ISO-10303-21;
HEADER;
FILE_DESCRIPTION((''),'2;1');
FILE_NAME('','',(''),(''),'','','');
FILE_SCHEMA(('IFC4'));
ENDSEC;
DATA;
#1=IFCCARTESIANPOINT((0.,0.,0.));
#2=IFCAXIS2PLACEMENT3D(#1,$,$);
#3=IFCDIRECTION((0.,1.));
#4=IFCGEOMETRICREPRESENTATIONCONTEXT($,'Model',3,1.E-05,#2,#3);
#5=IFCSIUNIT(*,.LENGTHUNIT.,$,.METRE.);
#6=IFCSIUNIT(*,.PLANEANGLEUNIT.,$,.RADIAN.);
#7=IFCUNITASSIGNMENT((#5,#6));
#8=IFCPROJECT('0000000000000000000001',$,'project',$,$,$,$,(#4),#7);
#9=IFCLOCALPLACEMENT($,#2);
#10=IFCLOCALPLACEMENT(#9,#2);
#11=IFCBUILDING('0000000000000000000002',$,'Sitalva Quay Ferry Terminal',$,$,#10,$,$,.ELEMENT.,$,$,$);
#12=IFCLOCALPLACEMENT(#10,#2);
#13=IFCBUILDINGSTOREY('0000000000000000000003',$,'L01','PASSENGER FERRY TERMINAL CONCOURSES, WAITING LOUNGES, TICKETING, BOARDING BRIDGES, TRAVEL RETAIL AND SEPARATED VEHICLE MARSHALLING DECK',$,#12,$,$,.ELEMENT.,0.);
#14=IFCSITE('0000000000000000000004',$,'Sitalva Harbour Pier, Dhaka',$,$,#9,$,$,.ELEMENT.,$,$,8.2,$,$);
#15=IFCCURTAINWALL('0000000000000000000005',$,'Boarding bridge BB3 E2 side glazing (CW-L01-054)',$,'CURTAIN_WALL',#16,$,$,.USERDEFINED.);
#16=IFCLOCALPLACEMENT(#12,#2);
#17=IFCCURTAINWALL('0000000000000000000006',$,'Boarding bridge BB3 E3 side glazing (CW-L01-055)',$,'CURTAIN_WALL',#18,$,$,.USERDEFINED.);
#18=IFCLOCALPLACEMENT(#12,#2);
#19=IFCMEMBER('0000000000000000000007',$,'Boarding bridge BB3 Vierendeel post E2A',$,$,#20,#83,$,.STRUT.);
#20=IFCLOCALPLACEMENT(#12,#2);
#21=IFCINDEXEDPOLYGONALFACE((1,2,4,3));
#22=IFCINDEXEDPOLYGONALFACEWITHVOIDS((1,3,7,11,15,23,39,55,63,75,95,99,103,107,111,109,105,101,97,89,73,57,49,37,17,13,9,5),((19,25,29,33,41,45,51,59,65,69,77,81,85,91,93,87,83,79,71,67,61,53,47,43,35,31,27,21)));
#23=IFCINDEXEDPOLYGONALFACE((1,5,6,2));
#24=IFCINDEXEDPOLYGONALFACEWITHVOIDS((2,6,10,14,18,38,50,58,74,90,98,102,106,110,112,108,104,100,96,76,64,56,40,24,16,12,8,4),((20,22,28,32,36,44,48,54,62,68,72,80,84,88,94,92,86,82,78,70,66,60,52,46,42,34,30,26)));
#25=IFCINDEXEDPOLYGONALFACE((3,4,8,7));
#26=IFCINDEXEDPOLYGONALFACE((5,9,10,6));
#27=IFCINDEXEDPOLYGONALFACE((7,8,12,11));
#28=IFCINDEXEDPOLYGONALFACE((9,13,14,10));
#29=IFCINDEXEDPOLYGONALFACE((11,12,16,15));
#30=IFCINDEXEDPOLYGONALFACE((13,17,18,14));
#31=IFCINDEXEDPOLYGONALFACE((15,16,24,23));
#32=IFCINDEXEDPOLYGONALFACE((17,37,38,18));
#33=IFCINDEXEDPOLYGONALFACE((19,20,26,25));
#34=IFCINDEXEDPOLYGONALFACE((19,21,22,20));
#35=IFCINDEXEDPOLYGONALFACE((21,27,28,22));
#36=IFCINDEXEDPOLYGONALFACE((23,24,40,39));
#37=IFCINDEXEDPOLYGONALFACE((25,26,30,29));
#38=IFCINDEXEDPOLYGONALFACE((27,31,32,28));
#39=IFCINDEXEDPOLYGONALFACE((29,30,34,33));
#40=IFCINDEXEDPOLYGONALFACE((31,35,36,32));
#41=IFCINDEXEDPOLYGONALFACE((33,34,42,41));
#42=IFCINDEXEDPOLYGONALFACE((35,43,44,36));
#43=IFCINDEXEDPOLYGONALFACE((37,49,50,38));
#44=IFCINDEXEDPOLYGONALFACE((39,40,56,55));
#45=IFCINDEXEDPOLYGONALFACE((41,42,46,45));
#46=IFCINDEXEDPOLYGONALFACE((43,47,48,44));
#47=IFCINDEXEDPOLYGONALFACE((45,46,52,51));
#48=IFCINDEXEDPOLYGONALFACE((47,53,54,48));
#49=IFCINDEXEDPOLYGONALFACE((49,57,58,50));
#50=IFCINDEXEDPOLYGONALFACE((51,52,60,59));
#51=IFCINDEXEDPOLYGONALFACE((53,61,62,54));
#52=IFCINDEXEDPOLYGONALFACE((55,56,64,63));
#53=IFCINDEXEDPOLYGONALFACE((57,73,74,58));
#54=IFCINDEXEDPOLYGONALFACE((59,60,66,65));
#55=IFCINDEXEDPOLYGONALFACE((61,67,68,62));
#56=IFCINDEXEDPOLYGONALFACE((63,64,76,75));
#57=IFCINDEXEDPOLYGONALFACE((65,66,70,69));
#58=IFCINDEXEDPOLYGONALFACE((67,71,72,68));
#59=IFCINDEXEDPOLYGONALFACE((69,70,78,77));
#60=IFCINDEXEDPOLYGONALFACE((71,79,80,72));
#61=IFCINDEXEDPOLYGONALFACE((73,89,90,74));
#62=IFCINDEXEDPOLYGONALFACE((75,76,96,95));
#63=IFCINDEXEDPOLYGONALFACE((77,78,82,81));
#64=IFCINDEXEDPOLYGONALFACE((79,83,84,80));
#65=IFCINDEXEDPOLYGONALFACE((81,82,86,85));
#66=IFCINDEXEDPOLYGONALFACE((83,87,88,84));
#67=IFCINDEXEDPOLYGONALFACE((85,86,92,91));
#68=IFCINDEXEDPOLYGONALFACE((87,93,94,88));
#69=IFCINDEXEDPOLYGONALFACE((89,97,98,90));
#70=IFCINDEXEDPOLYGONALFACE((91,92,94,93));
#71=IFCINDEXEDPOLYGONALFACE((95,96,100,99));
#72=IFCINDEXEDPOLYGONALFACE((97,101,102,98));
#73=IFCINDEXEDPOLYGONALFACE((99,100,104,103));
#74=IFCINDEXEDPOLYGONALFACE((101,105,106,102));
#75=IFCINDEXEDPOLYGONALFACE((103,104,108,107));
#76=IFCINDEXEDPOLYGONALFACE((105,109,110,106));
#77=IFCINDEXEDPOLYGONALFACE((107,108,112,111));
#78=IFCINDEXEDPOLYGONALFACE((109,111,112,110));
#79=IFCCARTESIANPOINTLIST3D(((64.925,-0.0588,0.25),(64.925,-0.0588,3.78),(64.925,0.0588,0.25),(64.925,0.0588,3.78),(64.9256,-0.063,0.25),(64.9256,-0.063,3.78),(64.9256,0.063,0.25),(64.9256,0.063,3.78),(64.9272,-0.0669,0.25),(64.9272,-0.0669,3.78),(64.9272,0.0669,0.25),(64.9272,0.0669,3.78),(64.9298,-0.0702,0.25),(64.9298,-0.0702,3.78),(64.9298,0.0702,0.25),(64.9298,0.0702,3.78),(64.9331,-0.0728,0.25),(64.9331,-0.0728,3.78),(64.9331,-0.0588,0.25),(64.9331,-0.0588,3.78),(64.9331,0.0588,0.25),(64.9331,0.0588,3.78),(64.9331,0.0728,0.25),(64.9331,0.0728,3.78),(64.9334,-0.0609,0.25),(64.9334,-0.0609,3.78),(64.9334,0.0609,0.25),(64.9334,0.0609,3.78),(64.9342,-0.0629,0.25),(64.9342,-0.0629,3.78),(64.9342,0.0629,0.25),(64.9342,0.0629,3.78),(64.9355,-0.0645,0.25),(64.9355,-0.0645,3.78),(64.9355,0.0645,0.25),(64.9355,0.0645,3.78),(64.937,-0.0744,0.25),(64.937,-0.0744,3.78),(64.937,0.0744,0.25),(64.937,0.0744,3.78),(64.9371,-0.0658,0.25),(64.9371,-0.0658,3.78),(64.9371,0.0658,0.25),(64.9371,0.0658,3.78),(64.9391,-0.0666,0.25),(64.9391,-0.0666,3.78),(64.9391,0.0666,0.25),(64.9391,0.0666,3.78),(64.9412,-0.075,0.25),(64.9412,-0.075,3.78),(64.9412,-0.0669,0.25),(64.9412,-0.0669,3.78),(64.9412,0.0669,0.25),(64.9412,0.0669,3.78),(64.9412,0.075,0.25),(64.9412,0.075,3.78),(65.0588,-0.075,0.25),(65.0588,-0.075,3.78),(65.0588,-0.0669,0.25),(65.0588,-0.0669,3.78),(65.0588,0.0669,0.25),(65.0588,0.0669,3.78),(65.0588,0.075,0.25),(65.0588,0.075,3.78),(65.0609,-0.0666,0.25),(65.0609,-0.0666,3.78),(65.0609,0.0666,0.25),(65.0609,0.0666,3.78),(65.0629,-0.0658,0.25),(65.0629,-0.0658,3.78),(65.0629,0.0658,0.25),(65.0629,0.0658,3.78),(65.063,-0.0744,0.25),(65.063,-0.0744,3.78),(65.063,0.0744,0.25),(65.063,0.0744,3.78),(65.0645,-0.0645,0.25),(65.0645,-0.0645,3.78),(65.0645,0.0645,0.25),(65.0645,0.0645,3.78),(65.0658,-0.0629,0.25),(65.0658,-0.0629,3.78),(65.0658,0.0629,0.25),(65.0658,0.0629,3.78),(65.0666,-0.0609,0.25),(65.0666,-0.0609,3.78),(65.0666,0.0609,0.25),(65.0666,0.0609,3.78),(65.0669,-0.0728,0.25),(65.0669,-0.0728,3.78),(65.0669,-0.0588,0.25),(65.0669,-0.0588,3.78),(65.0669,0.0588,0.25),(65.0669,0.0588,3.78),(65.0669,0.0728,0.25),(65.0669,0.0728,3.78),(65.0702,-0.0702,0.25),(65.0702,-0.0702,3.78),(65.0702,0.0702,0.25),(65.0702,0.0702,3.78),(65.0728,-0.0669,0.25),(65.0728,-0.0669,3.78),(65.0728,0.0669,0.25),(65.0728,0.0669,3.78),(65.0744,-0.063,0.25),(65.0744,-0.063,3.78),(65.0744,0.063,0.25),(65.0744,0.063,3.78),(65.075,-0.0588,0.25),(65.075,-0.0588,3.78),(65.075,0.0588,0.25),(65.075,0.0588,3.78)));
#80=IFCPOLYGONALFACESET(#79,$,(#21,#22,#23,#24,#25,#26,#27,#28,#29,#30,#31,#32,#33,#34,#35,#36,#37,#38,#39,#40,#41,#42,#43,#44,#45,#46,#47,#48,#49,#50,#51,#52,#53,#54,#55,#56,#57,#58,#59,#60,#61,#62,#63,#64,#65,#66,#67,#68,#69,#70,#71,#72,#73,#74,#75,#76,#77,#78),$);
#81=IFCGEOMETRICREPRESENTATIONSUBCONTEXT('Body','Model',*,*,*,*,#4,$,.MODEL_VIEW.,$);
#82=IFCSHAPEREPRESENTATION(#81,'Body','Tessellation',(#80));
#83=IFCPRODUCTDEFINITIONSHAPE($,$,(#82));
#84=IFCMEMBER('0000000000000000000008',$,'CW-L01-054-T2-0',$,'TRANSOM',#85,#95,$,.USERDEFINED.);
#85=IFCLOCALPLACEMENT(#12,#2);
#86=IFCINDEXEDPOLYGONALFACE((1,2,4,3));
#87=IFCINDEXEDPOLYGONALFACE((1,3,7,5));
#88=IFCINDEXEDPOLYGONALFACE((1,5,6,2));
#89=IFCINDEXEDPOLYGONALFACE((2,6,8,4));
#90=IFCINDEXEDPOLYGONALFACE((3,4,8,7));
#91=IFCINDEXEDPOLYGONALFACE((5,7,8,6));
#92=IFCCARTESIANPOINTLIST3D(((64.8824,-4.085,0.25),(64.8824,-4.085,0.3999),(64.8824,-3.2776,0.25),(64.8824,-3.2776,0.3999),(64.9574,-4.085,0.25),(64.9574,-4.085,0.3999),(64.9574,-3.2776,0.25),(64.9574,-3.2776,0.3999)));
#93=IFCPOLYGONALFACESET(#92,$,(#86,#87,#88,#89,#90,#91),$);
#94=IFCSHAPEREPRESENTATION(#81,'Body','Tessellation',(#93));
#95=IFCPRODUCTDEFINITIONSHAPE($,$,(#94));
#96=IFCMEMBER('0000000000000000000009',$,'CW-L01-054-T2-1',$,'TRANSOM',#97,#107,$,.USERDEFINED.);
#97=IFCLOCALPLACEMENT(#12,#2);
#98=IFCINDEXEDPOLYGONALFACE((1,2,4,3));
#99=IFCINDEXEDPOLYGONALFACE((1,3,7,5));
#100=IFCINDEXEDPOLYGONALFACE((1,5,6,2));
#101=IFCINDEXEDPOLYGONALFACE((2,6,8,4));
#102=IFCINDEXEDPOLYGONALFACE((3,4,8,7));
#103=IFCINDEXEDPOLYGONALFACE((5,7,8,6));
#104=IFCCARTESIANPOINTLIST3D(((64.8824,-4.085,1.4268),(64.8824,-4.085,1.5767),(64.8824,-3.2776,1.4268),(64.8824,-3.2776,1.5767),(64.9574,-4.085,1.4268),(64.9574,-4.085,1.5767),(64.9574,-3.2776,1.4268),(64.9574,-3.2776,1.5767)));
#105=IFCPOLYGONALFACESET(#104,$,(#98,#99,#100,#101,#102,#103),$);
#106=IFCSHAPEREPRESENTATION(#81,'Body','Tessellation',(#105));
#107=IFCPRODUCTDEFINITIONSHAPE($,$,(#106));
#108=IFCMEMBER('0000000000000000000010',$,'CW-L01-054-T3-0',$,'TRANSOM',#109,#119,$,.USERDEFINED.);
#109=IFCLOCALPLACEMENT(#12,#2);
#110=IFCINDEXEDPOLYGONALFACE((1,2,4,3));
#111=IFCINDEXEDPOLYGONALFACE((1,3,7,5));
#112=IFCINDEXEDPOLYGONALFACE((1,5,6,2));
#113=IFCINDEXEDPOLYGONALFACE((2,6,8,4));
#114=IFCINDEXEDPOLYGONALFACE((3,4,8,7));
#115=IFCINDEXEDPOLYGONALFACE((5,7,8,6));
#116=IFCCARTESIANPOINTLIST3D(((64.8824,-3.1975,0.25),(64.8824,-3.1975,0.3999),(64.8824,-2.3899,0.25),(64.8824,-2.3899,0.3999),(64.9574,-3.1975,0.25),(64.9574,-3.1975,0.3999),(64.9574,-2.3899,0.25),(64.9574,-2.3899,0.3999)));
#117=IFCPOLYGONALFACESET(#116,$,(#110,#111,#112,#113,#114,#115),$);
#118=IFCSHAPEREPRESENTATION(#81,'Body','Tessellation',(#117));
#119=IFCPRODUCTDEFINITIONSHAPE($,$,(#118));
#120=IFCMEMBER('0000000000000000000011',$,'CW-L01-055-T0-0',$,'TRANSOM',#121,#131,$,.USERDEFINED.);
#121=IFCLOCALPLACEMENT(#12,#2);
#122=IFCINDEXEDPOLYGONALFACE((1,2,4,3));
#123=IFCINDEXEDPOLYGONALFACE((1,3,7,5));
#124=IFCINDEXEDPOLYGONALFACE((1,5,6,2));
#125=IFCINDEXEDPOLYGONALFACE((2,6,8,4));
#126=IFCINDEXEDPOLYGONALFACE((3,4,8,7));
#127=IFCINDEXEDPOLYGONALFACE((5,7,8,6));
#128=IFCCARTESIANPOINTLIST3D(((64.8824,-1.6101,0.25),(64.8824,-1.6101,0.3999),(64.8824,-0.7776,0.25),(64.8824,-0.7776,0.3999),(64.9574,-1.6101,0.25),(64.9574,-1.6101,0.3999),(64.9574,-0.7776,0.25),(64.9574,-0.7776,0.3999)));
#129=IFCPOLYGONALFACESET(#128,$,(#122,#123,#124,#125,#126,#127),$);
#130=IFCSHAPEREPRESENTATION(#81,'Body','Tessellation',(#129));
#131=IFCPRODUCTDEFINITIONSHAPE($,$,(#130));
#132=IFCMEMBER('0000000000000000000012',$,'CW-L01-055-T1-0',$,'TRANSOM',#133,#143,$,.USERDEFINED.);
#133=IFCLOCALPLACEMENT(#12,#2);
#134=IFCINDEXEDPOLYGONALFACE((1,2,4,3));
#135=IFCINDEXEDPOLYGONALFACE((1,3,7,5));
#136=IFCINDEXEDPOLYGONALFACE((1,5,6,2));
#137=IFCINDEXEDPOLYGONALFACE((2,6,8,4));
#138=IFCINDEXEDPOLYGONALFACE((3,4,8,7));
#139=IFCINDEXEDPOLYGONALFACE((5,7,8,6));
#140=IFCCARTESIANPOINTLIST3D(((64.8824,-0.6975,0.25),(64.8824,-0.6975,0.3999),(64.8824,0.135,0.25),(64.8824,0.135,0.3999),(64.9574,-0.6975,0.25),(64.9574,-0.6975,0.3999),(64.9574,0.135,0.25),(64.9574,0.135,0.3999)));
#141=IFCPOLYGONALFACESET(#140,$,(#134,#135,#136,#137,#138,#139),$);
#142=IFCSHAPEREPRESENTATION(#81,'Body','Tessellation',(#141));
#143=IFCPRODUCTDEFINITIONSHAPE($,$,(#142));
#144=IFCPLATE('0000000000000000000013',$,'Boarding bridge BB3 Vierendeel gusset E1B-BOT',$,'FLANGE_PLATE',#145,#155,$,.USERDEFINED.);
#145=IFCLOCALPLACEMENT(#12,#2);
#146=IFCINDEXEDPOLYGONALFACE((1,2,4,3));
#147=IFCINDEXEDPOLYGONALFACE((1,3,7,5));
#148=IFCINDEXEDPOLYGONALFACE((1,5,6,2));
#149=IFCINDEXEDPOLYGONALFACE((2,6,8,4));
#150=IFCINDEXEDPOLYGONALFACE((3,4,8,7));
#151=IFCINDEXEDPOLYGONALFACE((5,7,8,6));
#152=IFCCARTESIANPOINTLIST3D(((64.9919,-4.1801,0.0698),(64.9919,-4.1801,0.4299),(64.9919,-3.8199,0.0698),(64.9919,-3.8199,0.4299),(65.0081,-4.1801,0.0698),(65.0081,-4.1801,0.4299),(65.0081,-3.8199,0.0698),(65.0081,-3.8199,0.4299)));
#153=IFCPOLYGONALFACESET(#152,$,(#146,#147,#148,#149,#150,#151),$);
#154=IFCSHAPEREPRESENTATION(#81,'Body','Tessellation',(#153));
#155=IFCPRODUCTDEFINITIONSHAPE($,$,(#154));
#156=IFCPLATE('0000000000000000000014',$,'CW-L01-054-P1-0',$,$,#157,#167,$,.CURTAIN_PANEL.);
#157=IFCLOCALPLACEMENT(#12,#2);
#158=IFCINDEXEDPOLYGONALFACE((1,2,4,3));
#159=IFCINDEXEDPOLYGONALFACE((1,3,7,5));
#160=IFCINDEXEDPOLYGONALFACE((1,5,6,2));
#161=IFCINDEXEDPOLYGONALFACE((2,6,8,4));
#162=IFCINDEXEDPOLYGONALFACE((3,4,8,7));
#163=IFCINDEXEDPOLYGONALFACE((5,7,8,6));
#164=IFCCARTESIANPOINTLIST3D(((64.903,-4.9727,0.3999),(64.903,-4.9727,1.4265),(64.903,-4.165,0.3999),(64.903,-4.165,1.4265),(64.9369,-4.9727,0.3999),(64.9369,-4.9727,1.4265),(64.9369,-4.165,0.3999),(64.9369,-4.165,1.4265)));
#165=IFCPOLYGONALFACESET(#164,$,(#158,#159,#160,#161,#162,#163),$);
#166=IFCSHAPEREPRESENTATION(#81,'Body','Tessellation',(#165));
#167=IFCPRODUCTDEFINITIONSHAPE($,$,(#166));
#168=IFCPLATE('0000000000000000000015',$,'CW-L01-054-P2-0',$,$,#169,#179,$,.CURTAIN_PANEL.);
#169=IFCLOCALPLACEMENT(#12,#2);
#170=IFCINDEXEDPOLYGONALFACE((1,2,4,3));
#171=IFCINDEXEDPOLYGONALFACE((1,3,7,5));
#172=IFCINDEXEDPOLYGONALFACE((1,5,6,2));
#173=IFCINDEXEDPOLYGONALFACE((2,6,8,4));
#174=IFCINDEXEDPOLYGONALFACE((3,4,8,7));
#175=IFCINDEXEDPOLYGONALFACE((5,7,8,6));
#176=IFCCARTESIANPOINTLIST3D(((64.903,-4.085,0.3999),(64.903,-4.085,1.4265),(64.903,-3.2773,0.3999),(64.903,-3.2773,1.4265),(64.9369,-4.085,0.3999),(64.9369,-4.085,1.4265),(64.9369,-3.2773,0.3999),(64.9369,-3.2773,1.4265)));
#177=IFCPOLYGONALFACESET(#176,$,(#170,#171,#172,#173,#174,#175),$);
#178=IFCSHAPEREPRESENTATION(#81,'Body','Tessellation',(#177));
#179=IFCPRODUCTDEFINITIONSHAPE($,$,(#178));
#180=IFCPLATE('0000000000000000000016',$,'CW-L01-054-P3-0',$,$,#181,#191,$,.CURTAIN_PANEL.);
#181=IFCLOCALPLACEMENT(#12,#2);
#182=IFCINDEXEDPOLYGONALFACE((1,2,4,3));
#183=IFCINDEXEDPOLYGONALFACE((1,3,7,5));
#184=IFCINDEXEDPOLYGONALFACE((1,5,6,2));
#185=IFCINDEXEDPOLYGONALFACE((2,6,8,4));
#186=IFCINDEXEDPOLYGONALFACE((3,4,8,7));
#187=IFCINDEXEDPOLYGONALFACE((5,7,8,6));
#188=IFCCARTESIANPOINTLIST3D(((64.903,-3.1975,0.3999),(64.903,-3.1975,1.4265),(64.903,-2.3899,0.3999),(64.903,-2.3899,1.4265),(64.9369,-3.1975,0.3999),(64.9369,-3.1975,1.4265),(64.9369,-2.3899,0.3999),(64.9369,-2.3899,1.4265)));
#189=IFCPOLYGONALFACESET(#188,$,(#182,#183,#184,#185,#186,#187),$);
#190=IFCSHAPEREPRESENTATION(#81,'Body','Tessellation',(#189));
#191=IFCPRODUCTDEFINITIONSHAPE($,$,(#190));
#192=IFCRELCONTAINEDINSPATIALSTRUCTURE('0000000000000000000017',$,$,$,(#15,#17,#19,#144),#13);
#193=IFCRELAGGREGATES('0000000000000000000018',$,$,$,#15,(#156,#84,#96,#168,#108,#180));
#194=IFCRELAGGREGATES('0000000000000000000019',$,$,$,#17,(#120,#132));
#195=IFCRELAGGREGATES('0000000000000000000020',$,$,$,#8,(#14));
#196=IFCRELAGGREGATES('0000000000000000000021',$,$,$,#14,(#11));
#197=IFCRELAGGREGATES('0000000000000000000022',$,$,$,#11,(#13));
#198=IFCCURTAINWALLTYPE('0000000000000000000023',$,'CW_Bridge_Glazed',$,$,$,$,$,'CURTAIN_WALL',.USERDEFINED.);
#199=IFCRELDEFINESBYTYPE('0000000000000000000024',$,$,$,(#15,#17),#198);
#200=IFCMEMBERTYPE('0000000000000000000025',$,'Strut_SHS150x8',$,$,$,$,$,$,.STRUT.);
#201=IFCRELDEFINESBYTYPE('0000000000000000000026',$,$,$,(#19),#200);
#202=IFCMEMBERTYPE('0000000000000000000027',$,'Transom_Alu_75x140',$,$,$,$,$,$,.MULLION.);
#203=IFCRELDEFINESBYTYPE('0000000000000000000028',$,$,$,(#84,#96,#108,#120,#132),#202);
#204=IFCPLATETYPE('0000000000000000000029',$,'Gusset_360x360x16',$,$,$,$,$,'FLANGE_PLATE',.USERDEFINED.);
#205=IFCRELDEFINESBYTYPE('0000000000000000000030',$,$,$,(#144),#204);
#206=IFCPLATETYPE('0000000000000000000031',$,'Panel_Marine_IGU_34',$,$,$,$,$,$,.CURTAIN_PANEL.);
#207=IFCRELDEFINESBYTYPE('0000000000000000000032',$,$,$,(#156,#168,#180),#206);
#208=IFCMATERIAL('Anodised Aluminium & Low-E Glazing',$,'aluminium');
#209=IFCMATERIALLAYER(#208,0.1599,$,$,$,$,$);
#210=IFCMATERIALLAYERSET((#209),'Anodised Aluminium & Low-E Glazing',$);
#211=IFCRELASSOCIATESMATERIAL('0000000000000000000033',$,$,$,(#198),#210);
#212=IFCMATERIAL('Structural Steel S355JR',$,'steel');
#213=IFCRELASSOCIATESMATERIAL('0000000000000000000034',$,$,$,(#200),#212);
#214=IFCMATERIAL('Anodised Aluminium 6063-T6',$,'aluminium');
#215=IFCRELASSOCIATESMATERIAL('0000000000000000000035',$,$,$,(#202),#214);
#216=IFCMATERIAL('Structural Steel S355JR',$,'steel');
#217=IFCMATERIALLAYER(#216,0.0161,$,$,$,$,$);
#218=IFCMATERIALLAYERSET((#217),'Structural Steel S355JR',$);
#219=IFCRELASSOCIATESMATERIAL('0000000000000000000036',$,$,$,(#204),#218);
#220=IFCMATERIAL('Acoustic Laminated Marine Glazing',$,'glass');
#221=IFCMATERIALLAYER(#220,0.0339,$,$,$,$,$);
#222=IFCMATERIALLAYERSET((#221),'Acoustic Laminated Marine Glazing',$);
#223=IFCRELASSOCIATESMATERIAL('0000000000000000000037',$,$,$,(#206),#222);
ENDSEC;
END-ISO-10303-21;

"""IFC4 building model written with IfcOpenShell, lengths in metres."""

from ifc_helpers import new_model, si_unit, direction, frame, origin, origin_2d, place, context, subcontext, project, spatial, rectangle, hollow_rectangle, extrude, material, layer, layer_set, material_profile, profile_set, type_object, element, aggregate, save


model = new_model("IFC4")

# Units and contexts
model_context = context("Model", 3, precision=1e-05, world=origin(), true_north=direction((0.0, 1.0)))
body_context = subcontext(model_context, "Body", "Model", "MODEL_VIEW")
ifc_project = project(units=[si_unit("LENGTHUNIT", "METRE"), si_unit("PLANEANGLEUNIT", "RADIAN")], contexts=[model_context])

# Site, building, storey
site_placement = place(None, origin())
site = spatial("IfcSite", under=ifc_project, at=site_placement, Name="Sitalva Harbour Pier, Dhaka", CompositionType="ELEMENT", RefElevation=8.2)
building_placement = place(site_placement, origin())
building = spatial("IfcBuilding", under=site, at=building_placement, Name="Sitalva Quay Ferry Terminal", CompositionType="ELEMENT")
storey_placement = place(building_placement, origin())
storey = spatial("IfcBuildingStorey", under=building, at=storey_placement, Name="L01", Description="PASSENGER FERRY TERMINAL CONCOURSES, WAITING LOUNGES, TICKETING, BOARDING BRIDGES, TRAVEL RETAIL AND SEPARATED VEHICLE MARSHALLING DECK", CompositionType="ELEMENT", Elevation=0.0)

# Curtain walls
ifc_material_1 = material(Name="Anodised Aluminium & Low-E Glazing", Category="aluminium")
ifc_layer_1 = layer(ifc_material_1, 0.1599)
ifc_layer_set_1 = layer_set([ifc_layer_1], Name="Anodised Aluminium & Low-E Glazing")
curtain_wall_type = type_object("IfcCurtainWallType", Name="CW_Bridge_Glazed", ElementType="CURTAIN_WALL", PredefinedType="USERDEFINED", material=ifc_layer_set_1)
curtain_wall_1_placement = place(storey_placement, origin())
curtain_wall_1 = element("IfcCurtainWall", 1, at=curtain_wall_1_placement, inside=storey, type_object=curtain_wall_type, Name="Boarding bridge BB3 E2 side glazing (CW-L01-054)", ObjectType="CURTAIN_WALL", PredefinedType="USERDEFINED")
curtain_wall_2_placement = place(storey_placement, origin())
curtain_wall_2 = element("IfcCurtainWall", 2, at=curtain_wall_2_placement, inside=storey, type_object=curtain_wall_type, Name="Boarding bridge BB3 E3 side glazing (CW-L01-055)", ObjectType="CURTAIN_WALL", PredefinedType="USERDEFINED")

# Member
ifc_material_2 = material(Name="Structural Steel S355JR", Category="steel")
ifc_material_profile_1 = material_profile(ifc_material_2, hollow_rectangle(XDim=0.1499, YDim=0.1499, WallThickness=0.0081, InnerFilletRadius=0.0081, OuterFilletRadius=0.0161, at=origin_2d()), Name="SHS150x150x8")
ifc_profile_set_1 = profile_set([ifc_material_profile_1], Name="Structural Steel S355JR")
member_type_1 = type_object("IfcMemberType", Name="Strut_SHS150x8", PredefinedType="STRUT", material=ifc_profile_set_1)
for number, where, z_axis, x_axis, name in (
    (3, (65.0, 0.0, 0.25), (0.0, 0.0, 1.0), (1.0, 0.0, 0.0), "Boarding bridge BB3 Vierendeel post E2A"),
):
    element("IfcMember", number, at=place(storey_placement, frame(where, z_axis=z_axis, x_axis=x_axis)), inside=storey, type_object=member_type_1, Name=name, PredefinedType="STRUT", context=body_context, shape_type="SweptSolid", body=[
        extrude(hollow_rectangle(XDim=0.1499, YDim=0.1499, WallThickness=0.0081, InnerFilletRadius=0.0081, OuterFilletRadius=0.0161, at=origin_2d()), origin(), (0.0, 0.0, 1.0), 3.53),
    ])

# Members
ifc_material_3 = material(Name="Anodised Aluminium 6063-T6", Category="aluminium")
ifc_material_profile_2 = material_profile(ifc_material_3, rectangle(XDim=0.075, YDim=0.1499, at=origin_2d()), Name="ALU75x150")
ifc_profile_set_2 = profile_set([ifc_material_profile_2], Name="Anodised Aluminium 6063-T6")
member_type_2 = type_object("IfcMemberType", Name="Transom_Alu_75x140", PredefinedType="MULLION", material=ifc_profile_set_2)
member_1_placement = place(storey_placement, frame((64.9199, -4.085, 0.325), z_axis=(0.0, 1.0, 0.0), x_axis=(-1.0, 0.0, 0.0)))
member_1 = element("IfcMember", 4, at=member_1_placement, type_object=member_type_2, Name="CW-L01-054-T2-0", ObjectType="TRANSOM", PredefinedType="USERDEFINED", context=body_context, shape_type="SweptSolid", body=[
    extrude(rectangle(XDim=0.075, YDim=0.1499, at=origin_2d()), origin(), (0.0, 0.0, 1.0), 0.8074),
])
member_2_placement = place(storey_placement, frame((64.9199, -4.085, 1.5017), z_axis=(0.0, 1.0, 0.0), x_axis=(-1.0, 0.0, 0.0)))
member_2 = element("IfcMember", 5, at=member_2_placement, type_object=member_type_2, Name="CW-L01-054-T2-1", ObjectType="TRANSOM", PredefinedType="USERDEFINED", context=body_context, shape_type="SweptSolid", body=[
    extrude(rectangle(XDim=0.075, YDim=0.1499, at=origin_2d()), origin(), (0.0, 0.0, 1.0), 0.8074),
])
member_3_placement = place(storey_placement, frame((64.9199, -3.1975, 0.325), z_axis=(0.0, 1.0, 0.0), x_axis=(-1.0, 0.0, 0.0)))
member_3 = element("IfcMember", 6, at=member_3_placement, type_object=member_type_2, Name="CW-L01-054-T3-0", ObjectType="TRANSOM", PredefinedType="USERDEFINED", context=body_context, shape_type="SweptSolid", body=[
    extrude(rectangle(XDim=0.075, YDim=0.1499, at=origin_2d()), origin(), (0.0, 0.0, 1.0), 0.8076),
])
member_4_placement = place(storey_placement, frame((64.9199, -1.6101, 0.325), z_axis=(0.0, 1.0, 0.0), x_axis=(-1.0, 0.0, 0.0)))
member_4 = element("IfcMember", 7, at=member_4_placement, type_object=member_type_2, Name="CW-L01-055-T0-0", ObjectType="TRANSOM", PredefinedType="USERDEFINED", context=body_context, shape_type="SweptSolid", body=[
    extrude(rectangle(XDim=0.075, YDim=0.1499, at=origin_2d()), origin(), (0.0, 0.0, 1.0), 0.8325),
])
member_5_placement = place(storey_placement, frame((64.9199, -0.6975, 0.325), z_axis=(0.0, 1.0, 0.0), x_axis=(-1.0, 0.0, 0.0)))
member_5 = element("IfcMember", 8, at=member_5_placement, type_object=member_type_2, Name="CW-L01-055-T1-0", ObjectType="TRANSOM", PredefinedType="USERDEFINED", context=body_context, shape_type="SweptSolid", body=[
    extrude(rectangle(XDim=0.075, YDim=0.1499, at=origin_2d()), origin(), (0.0, 0.0, 1.0), 0.8325),
])

# Plates
ifc_material_4 = material(Name="Structural Steel S355JR", Category="steel")
ifc_layer_2 = layer(ifc_material_4, 0.0161)
ifc_layer_set_2 = layer_set([ifc_layer_2], Name="Structural Steel S355JR")
plate_type_1 = type_object("IfcPlateType", Name="Gusset_360x360x16", ElementType="FLANGE_PLATE", PredefinedType="USERDEFINED", material=ifc_layer_set_2)
plate_1_placement = place(storey_placement, frame((65.0, -4.0, 0.0698), z_axis=(0.0, 0.0, 1.0), x_axis=(1.0, 0.0, 0.0)))
element("IfcPlate", 9, at=plate_1_placement, inside=storey, type_object=plate_type_1, Name="Boarding bridge BB3 Vierendeel gusset E1B-BOT", ObjectType="FLANGE_PLATE", PredefinedType="USERDEFINED", context=body_context, shape_type="SweptSolid", body=[
    extrude(rectangle(XDim=0.0161, YDim=0.3601, at=origin_2d()), origin(), (0.0, 0.0, 1.0), 0.3601),
])
ifc_material_5 = material(Name="Acoustic Laminated Marine Glazing", Category="glass")
ifc_layer_3 = layer(ifc_material_5, 0.0339)
ifc_layer_set_3 = layer_set([ifc_layer_3], Name="Acoustic Laminated Marine Glazing")
plate_type_2 = type_object("IfcPlateType", Name="Panel_Marine_IGU_34", PredefinedType="CURTAIN_PANEL", material=ifc_layer_set_3)
plate_2_placement = place(storey_placement, frame((64.9199, -4.5688, 0.3999), z_axis=(0.0, 0.0, 1.0), x_axis=(0.0, 1.0, 0.0)))
plate_2 = element("IfcPlate", 10, at=plate_2_placement, type_object=plate_type_2, Name="CW-L01-054-P1-0", PredefinedType="CURTAIN_PANEL", context=body_context, shape_type="SweptSolid", body=[
    extrude(rectangle(XDim=0.8076, YDim=0.0339, at=origin_2d()), origin(), (0.0, 0.0, 1.0), 1.0266),
])
plate_3_placement = place(storey_placement, frame((64.9199, -3.6812, 0.3999), z_axis=(0.0, 0.0, 1.0), x_axis=(0.0, 1.0, 0.0)))
plate_3 = element("IfcPlate", 11, at=plate_3_placement, type_object=plate_type_2, Name="CW-L01-054-P2-0", PredefinedType="CURTAIN_PANEL", context=body_context, shape_type="SweptSolid", body=[
    extrude(rectangle(XDim=0.8076, YDim=0.0339, at=origin_2d()), origin(), (0.0, 0.0, 1.0), 1.0266),
])
plate_4_placement = place(storey_placement, frame((64.9199, -2.7937, 0.3999), z_axis=(0.0, 0.0, 1.0), x_axis=(0.0, 1.0, 0.0)))
plate_4 = element("IfcPlate", 12, at=plate_4_placement, type_object=plate_type_2, Name="CW-L01-054-P3-0", PredefinedType="CURTAIN_PANEL", context=body_context, shape_type="SweptSolid", body=[
    extrude(rectangle(XDim=0.8076, YDim=0.0339, at=origin_2d()), origin(), (0.0, 0.0, 1.0), 1.0266),
])
aggregate(curtain_wall_1, [plate_2, member_1, member_2, plate_3, member_3, plate_4])
aggregate(curtain_wall_2, [member_4, member_5])

save(model, "model.ifc")
